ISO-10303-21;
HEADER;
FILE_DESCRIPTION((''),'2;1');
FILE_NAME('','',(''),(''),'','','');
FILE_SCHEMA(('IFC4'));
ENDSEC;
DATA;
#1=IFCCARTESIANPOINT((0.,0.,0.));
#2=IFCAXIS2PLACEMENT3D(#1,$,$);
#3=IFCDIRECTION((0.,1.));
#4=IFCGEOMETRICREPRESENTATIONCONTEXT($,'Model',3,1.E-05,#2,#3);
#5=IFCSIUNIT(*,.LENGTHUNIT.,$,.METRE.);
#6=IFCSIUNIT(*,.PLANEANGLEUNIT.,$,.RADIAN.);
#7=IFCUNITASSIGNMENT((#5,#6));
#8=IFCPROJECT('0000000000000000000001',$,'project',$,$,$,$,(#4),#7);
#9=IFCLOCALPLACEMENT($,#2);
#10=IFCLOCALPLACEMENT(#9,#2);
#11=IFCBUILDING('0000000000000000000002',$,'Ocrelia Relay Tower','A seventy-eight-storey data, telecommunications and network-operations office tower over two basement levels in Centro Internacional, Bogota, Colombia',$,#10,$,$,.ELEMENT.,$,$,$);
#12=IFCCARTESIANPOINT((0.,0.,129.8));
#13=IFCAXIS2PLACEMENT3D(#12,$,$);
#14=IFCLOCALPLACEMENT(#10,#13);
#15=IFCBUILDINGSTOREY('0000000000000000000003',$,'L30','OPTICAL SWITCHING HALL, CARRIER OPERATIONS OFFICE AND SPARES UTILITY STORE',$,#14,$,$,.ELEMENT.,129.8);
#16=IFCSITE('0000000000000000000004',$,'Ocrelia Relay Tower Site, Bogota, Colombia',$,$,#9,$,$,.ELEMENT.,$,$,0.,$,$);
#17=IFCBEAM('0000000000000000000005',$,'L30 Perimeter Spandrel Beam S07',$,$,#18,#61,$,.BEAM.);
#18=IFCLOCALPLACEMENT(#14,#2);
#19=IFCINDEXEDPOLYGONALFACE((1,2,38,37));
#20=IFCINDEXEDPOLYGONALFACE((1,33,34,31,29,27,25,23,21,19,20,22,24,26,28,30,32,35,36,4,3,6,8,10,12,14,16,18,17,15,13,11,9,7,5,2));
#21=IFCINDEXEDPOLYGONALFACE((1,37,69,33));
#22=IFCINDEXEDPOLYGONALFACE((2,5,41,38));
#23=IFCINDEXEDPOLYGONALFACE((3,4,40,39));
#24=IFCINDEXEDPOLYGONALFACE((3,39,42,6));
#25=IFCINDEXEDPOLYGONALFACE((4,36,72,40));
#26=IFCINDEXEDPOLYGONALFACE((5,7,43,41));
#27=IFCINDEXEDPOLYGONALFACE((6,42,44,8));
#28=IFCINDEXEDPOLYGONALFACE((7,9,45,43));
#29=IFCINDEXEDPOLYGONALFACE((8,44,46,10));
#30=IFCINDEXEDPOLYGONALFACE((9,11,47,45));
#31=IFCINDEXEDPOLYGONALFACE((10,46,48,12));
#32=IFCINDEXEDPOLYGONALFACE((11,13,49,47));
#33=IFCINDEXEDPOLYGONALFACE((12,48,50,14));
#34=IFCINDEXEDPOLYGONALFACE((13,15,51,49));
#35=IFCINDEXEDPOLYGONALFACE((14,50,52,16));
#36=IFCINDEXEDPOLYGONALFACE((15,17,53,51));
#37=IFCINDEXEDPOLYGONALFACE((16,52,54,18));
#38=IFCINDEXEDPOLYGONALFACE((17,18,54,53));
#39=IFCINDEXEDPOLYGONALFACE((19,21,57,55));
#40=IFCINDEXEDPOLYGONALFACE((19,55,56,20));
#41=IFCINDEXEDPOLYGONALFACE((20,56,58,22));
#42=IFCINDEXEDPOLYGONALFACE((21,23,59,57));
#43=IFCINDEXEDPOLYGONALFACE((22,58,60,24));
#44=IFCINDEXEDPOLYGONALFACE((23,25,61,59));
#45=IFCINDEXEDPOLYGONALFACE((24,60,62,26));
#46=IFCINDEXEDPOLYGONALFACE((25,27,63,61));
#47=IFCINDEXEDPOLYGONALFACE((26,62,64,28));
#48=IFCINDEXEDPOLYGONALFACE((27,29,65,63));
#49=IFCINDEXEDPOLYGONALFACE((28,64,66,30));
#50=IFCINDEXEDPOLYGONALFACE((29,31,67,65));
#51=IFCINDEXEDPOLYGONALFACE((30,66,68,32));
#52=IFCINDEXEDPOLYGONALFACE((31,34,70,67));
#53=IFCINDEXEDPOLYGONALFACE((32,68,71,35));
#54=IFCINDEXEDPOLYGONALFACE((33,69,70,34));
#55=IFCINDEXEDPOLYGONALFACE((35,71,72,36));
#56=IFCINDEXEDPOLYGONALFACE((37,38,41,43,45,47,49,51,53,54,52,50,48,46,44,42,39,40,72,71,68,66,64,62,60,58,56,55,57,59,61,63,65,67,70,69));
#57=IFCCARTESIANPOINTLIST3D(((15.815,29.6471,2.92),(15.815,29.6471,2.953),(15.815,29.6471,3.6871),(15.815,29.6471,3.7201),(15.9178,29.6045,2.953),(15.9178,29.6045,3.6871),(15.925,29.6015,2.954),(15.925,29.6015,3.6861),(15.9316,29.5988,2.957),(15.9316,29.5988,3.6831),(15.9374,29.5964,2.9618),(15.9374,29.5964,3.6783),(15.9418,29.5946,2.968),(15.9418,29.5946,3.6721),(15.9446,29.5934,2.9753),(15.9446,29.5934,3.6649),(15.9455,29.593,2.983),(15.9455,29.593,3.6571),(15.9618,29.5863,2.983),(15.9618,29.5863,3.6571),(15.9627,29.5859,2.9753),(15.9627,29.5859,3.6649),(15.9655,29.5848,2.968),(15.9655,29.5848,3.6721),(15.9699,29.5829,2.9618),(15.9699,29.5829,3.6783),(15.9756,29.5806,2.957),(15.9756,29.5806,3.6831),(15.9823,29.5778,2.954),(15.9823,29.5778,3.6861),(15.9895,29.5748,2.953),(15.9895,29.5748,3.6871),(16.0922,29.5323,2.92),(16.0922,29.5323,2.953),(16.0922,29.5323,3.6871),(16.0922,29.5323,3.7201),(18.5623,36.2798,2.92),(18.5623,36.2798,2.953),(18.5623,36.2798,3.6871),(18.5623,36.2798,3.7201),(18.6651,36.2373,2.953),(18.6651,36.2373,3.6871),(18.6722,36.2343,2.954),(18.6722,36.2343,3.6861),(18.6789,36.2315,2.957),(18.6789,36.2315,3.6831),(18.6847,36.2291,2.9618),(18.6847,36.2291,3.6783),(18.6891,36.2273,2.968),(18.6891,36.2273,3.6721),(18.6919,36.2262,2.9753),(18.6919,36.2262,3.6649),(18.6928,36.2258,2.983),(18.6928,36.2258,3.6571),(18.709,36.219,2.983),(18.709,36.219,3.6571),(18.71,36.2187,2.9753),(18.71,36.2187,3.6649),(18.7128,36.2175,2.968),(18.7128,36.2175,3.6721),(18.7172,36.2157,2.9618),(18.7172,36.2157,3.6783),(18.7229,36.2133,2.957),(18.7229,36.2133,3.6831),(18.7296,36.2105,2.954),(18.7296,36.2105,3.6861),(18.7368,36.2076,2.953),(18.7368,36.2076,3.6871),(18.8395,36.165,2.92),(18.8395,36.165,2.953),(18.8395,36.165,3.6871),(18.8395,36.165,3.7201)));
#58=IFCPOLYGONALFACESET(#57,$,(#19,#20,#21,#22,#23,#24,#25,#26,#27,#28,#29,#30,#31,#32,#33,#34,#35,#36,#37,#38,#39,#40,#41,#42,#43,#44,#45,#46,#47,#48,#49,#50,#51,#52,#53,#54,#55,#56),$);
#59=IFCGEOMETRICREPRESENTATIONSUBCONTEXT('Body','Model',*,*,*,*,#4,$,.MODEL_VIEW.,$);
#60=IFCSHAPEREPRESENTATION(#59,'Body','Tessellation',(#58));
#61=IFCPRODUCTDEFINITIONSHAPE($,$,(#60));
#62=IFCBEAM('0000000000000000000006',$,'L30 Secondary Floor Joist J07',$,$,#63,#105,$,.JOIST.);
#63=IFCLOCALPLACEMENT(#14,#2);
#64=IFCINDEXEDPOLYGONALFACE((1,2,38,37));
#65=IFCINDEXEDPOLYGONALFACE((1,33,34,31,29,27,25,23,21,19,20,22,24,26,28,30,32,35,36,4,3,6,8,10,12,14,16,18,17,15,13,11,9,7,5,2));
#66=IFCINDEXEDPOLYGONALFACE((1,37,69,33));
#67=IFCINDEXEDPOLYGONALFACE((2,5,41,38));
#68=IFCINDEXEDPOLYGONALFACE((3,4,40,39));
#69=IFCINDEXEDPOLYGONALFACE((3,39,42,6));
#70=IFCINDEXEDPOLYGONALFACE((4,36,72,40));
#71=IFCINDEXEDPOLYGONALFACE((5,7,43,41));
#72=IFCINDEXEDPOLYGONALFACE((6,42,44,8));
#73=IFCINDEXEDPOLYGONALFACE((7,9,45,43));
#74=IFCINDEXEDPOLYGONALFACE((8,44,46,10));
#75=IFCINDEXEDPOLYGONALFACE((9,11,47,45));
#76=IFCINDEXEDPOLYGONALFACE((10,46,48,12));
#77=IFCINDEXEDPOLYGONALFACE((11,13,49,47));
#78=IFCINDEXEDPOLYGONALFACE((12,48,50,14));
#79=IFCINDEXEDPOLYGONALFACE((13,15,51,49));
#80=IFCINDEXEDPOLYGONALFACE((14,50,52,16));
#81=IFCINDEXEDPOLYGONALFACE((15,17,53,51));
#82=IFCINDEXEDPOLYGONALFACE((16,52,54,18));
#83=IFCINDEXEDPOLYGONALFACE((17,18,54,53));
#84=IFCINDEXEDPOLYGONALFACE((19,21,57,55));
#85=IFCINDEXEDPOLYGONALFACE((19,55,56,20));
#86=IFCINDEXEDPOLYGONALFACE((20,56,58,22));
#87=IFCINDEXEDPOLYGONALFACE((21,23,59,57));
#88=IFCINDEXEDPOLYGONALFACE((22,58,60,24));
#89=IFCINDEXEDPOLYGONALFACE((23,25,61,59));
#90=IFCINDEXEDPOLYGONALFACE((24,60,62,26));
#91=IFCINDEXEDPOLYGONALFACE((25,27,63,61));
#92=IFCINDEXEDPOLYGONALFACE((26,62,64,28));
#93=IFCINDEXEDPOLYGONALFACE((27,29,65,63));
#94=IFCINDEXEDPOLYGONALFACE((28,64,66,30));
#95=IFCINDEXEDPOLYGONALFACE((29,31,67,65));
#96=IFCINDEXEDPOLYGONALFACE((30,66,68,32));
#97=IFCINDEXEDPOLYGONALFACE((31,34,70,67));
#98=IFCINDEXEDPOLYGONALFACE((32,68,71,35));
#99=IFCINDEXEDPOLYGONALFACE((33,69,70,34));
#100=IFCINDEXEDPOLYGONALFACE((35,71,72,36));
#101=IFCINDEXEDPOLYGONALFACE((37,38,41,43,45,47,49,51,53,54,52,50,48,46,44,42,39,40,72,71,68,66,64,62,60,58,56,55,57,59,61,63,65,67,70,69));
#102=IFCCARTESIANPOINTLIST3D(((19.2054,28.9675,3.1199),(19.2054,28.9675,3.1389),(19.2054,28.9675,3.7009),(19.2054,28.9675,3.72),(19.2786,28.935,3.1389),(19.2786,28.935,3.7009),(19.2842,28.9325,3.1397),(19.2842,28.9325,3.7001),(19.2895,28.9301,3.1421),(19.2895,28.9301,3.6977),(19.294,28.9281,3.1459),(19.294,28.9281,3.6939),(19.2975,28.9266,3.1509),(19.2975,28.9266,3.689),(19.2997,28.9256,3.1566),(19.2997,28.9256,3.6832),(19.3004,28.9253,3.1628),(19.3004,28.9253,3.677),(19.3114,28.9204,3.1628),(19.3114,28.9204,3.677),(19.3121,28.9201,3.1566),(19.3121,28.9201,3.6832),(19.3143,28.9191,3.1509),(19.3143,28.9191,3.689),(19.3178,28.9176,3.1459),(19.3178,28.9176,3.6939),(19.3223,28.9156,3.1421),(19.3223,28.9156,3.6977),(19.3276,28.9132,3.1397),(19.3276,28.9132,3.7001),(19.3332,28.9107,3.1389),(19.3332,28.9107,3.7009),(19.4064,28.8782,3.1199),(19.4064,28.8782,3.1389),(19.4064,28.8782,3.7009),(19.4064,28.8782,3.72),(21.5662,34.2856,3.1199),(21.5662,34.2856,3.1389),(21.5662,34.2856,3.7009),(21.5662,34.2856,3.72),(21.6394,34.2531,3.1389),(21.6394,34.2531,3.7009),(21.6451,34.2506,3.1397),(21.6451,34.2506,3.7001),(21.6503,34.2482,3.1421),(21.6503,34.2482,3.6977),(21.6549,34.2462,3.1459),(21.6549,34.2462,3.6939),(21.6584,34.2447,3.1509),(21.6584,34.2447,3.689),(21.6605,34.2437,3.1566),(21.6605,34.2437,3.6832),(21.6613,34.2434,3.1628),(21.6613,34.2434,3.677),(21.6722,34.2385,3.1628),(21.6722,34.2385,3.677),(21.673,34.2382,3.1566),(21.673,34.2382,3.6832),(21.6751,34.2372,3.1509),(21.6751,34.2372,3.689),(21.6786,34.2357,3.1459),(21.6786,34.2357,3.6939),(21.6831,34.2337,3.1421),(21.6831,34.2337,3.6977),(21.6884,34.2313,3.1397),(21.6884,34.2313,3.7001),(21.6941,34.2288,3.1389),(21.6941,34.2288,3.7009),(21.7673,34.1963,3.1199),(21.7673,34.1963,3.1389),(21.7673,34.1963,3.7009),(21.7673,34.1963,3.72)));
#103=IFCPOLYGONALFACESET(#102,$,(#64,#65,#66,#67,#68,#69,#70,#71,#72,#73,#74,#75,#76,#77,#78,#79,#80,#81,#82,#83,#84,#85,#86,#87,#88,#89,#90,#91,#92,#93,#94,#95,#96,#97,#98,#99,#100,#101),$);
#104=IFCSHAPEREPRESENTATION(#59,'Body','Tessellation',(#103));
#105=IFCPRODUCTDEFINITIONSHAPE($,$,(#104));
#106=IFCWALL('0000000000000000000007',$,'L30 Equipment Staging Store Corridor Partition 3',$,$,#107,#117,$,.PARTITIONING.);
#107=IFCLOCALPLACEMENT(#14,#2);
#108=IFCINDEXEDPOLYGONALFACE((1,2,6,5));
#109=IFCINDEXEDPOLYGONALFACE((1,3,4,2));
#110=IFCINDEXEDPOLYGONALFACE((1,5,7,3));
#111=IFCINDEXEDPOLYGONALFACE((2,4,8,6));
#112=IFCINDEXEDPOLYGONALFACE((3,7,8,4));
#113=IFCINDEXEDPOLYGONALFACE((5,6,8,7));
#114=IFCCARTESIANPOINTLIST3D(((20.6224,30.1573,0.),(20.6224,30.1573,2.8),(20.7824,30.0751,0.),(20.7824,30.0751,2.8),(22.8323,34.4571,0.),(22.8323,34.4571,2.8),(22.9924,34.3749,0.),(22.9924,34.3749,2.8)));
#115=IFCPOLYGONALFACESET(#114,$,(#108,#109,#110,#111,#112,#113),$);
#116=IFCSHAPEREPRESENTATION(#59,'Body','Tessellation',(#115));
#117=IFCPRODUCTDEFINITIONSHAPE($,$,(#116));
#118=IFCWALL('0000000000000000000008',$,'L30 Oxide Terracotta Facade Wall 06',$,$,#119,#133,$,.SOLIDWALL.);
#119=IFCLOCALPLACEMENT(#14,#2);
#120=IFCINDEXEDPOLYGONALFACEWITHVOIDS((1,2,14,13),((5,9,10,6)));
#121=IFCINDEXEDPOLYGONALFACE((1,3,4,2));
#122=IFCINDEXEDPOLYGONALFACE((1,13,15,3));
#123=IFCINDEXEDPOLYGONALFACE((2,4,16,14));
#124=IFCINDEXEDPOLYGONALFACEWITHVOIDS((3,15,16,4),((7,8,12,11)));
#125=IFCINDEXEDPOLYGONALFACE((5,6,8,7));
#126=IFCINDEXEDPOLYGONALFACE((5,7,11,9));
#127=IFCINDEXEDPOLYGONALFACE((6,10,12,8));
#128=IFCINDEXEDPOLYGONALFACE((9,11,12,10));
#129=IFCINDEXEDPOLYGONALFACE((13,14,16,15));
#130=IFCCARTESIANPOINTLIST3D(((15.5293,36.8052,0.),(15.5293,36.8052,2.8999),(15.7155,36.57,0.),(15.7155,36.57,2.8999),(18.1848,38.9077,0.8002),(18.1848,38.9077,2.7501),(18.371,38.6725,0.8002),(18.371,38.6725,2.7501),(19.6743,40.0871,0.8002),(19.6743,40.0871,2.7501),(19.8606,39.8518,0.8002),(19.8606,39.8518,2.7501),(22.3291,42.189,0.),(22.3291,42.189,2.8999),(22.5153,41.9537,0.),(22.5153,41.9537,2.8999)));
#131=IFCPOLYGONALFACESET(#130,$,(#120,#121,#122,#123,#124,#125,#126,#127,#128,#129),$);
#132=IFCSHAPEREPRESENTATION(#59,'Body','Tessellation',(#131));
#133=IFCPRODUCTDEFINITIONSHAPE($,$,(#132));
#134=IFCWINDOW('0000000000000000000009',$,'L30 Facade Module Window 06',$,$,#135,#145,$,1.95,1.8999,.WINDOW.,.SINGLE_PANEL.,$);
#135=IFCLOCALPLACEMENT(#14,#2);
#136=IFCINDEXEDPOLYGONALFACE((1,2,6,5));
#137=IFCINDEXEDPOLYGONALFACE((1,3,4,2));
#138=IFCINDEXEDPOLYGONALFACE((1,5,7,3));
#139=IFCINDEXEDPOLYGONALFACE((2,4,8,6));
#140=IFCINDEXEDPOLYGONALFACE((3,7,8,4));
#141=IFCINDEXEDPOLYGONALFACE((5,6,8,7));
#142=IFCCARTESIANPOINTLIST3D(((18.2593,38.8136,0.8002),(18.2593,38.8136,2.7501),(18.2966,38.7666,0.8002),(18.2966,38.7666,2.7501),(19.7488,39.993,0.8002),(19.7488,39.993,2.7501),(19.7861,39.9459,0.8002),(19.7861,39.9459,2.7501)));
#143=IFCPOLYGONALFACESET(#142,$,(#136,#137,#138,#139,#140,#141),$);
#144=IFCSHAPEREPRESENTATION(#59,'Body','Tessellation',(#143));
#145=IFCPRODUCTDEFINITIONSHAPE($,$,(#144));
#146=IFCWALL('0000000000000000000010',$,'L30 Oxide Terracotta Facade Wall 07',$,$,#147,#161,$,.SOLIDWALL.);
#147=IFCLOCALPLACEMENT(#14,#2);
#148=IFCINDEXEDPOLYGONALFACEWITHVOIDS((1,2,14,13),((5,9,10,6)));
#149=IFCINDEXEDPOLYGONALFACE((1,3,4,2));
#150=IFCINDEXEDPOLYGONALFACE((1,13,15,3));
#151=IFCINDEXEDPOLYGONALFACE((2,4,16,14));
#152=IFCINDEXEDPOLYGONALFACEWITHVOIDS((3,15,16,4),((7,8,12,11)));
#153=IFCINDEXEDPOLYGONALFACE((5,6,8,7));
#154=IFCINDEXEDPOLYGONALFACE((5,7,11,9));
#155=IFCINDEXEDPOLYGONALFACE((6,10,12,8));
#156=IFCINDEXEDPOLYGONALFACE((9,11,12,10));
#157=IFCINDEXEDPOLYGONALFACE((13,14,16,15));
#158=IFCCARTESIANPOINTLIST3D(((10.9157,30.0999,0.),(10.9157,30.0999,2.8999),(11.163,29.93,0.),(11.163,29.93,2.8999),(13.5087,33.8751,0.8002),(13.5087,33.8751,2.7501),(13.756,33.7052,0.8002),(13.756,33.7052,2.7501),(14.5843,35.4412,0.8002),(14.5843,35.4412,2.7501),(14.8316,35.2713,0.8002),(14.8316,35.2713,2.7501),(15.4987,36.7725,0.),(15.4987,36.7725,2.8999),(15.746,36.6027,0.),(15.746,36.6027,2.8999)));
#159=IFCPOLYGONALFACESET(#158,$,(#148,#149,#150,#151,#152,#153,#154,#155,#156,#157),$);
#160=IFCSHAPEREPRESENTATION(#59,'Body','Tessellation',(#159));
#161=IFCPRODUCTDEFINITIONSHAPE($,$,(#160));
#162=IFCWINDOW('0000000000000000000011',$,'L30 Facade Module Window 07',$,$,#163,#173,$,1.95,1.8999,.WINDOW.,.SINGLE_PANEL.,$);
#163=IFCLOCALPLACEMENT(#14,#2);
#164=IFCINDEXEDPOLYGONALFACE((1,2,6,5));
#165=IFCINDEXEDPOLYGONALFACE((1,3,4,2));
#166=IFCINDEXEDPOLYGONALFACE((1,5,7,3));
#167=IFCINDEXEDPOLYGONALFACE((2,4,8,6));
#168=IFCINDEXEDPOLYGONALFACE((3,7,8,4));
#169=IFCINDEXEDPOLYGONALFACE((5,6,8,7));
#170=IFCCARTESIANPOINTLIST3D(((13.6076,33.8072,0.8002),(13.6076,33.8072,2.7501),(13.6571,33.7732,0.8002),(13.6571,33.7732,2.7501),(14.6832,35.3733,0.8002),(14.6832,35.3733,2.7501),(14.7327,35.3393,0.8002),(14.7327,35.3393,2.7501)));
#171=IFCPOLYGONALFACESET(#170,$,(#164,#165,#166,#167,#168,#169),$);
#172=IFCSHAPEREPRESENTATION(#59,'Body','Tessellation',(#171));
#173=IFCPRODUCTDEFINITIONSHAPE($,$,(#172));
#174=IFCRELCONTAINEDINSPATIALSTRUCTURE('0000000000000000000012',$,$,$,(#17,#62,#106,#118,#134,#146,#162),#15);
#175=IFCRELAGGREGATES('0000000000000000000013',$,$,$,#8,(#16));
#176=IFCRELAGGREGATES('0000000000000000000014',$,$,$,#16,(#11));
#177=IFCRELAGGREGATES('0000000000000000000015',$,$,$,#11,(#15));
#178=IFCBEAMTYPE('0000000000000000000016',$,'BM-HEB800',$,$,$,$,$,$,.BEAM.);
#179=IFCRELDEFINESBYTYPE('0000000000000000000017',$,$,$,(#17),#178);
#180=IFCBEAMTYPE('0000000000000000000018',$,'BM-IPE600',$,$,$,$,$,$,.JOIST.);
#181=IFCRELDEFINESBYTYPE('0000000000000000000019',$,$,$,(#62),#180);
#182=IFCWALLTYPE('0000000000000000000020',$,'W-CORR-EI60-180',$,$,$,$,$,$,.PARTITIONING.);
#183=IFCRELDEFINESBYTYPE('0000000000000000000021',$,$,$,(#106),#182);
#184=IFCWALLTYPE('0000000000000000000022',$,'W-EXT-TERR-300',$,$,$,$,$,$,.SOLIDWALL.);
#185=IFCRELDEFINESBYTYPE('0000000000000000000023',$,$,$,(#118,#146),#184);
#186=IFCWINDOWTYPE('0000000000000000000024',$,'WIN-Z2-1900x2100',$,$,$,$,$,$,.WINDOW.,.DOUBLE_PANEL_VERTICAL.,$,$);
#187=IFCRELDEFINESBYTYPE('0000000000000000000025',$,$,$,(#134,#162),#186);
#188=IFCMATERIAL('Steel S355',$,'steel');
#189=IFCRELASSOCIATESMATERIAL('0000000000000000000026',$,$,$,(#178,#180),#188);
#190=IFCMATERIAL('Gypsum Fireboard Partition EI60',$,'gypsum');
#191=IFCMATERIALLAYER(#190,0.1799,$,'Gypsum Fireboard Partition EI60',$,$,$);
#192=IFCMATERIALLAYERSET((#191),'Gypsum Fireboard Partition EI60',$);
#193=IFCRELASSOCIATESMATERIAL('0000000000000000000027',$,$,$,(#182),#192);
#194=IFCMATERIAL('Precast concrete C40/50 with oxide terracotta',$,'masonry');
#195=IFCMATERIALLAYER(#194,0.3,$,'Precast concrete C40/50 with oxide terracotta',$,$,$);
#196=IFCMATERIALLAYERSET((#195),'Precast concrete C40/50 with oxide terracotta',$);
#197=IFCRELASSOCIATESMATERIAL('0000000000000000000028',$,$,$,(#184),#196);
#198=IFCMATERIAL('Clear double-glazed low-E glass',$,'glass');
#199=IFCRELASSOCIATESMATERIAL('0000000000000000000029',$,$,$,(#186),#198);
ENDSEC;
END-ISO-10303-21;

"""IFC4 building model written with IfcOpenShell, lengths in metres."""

from ifc_helpers import new_model, si_unit, direction, frame, frame_2d, origin, origin_2d, place, context, subcontext, project, spatial, rectangle, i_section, extrude, material, layer, layer_set, material_profile, profile_set, type_object, element, fill, save


model = new_model("IFC4")

# Units and contexts
model_context = context("Model", 3, precision=1e-05, world=origin(), true_north=direction((0.0, 1.0)))
body_context = subcontext(model_context, "Body", "Model", "MODEL_VIEW")
ifc_project = project(units=[si_unit("LENGTHUNIT", "METRE"), si_unit("PLANEANGLEUNIT", "RADIAN")], contexts=[model_context])

# Site, building, storey
site_placement = place(None, origin())
site = spatial("IfcSite", under=ifc_project, at=site_placement, Name="Ocrelia Relay Tower Site, Bogota, Colombia", CompositionType="ELEMENT", RefElevation=0.0)
building_placement = place(site_placement, origin())
building = spatial("IfcBuilding", under=site, at=building_placement, Name="Ocrelia Relay Tower", Description="A seventy-eight-storey data, telecommunications and network-operations office tower over two basement levels in Centro Internacional, Bogota, Colombia", CompositionType="ELEMENT")
storey_placement = place(building_placement, frame((0.0, 0.0, 129.8)))
storey = spatial("IfcBuildingStorey", under=building, at=storey_placement, Name="L30", Description="OPTICAL SWITCHING HALL, CARRIER OPERATIONS OFFICE AND SPARES UTILITY STORE", CompositionType="ELEMENT", Elevation=129.8)

# Beams
ifc_material_1 = material(Name="Steel S355", Category="steel")
ifc_material_profile_1 = material_profile(ifc_material_1, i_section(OverallWidth=0.3, OverallDepth=0.8, WebThickness=0.0176, FlangeThickness=0.033, FilletRadius=0.03, at=origin_2d()), Name="HEB 800")
ifc_profile_set_1 = profile_set([ifc_material_profile_1], Name="Steel S355")
beam_type_1 = type_object("IfcBeamType", Name="BM-HEB800", PredefinedType="BEAM", material=ifc_profile_set_1)
beam_1_placement = place(storey_placement, frame((18.7009, 36.2224, 3.3201), z_axis=(-0.382673, -0.923884, 0.0), x_axis=(0.923884, -0.382673, 0.0)))
element("IfcBeam", 1, at=beam_1_placement, inside=storey, type_object=beam_type_1, Name="L30 Perimeter Spandrel Beam S07", PredefinedType="BEAM", context=body_context, shape_type="SweptSolid", body=[
    extrude(i_section(OverallWidth=0.3, OverallDepth=0.8, WebThickness=0.0176, FlangeThickness=0.033, FilletRadius=0.03, at=origin_2d()), origin(), (0.0, 0.0, 1.0), 7.1792),
])
ifc_material_profile_2 = material_profile(ifc_material_1, i_section(OverallWidth=0.22, OverallDepth=0.6001, WebThickness=0.012, FlangeThickness=0.019, FilletRadius=0.0239, at=origin_2d()), Name="IPE 600")
ifc_profile_set_2 = profile_set([ifc_material_profile_2], Name="Steel S355")
beam_type_2 = type_object("IfcBeamType", Name="BM-IPE600", PredefinedType="JOIST", material=ifc_profile_set_2)
beam_2_placement = place(storey_placement, frame((21.6667, 34.241, 3.4199), z_axis=(-0.405741, -0.913988, 0.0), x_axis=(0.913988, -0.405741, 0.0)))
element("IfcBeam", 2, at=beam_2_placement, inside=storey, type_object=beam_type_2, Name="L30 Secondary Floor Joist J07", PredefinedType="JOIST", context=body_context, shape_type="SweptSolid", body=[
    extrude(i_section(OverallWidth=0.22, OverallDepth=0.6001, WebThickness=0.012, FlangeThickness=0.019, FilletRadius=0.0239, at=origin_2d()), origin(), (0.0, 0.0, 1.0), 5.8186),
])

# Wall
ifc_material_2 = material(Name="Gypsum Fireboard Partition EI60", Category="gypsum")
ifc_layer_1 = layer(ifc_material_2, 0.1799, Name="Gypsum Fireboard Partition EI60")
ifc_layer_set_1 = layer_set([ifc_layer_1], Name="Gypsum Fireboard Partition EI60")
wall_type_1 = type_object("IfcWallType", Name="W-CORR-EI60-180", PredefinedType="PARTITIONING", material=ifc_layer_set_1)
wall_1_placement = place(storey_placement, frame((22.9124, 34.416, 0.0), z_axis=(0.0, 0.0, 1.0), x_axis=(-0.457124, -0.889403, 0.0)))
element("IfcWall", 3, at=wall_1_placement, inside=storey, type_object=wall_type_1, Name="L30 Equipment Staging Store Corridor Partition 3", PredefinedType="PARTITIONING", context=body_context, shape_type="SweptSolid", body=[
    extrude(rectangle(XDim=4.8345, YDim=0.1799, at=frame_2d((2.4172, 0.0))), origin(), (0.0, 0.0, 1.0), 2.8),
])

# Walls, openings, windows
ifc_material_3 = material(Name="Precast concrete C40/50 with oxide terracotta", Category="masonry")
ifc_layer_2 = layer(ifc_material_3, 0.3, Name="Precast concrete C40/50 with oxide terracotta")
ifc_layer_set_2 = layer_set([ifc_layer_2], Name="Precast concrete C40/50 with oxide terracotta")
wall_type_2 = type_object("IfcWallType", Name="W-EXT-TERR-300", PredefinedType="SOLIDWALL", material=ifc_layer_set_2)
wall_2_placement = place(storey_placement, frame((22.4221, 42.0713, 0.0), z_axis=(0.0, 0.0, 1.0), x_axis=(-0.784012, -0.620746, 0.0)))
wall_2 = element("IfcWall", 4, at=wall_2_placement, inside=storey, type_object=wall_type_2, Name="L30 Oxide Terracotta Facade Wall 06", PredefinedType="SOLIDWALL", context=body_context, shape_type="SweptSolid", body=[
    extrude(rectangle(XDim=8.6731, YDim=0.3, at=frame_2d((4.3364, 0.0))), origin(), (0.0, 0.0, 1.0), 2.8999),
])
opening_1_placement = place(wall_2_placement, frame((3.386, 0.0, 0.8)))
opening_1 = element("IfcOpeningElement", 5, at=opening_1_placement, cuts=wall_2, PredefinedType="OPENING", context=body_context, shape_type="SweptSolid", body=[
    extrude(rectangle(XDim=1.8999, YDim=1.95, at=frame_2d((0.95, 0.9751))), frame((0.0, 0.1602, 0.0), z_axis=(0.0, -1.0, 0.0), x_axis=(1.0, 0.0, 0.0)), (0.0, 0.0, 1.0), 0.3201),
])
ifc_material_4 = material(Name="Clear double-glazed low-E glass", Category="glass")
window_type = type_object("IfcWindowType", Name="WIN-Z2-1900x2100", PartitioningType="DOUBLE_PANEL_VERTICAL", PredefinedType="WINDOW", material=ifc_material_4)
window_1_placement = place(opening_1_placement, origin())
window_1 = element("IfcWindow", 6, at=window_1_placement, inside=storey, type_object=window_type, Name="L30 Facade Module Window 06", OverallHeight=1.95, OverallWidth=1.8999, PartitioningType="SINGLE_PANEL", PredefinedType="WINDOW", context=body_context, shape_type="SweptSolid", body=[
    extrude(rectangle(XDim=1.8999, YDim=1.95, at=frame_2d((0.95, 0.9751))), frame((0.0, 0.03, 0.0), z_axis=(0.0, -1.0, 0.0), x_axis=(1.0, 0.0, 0.0)), (0.0, 0.0, 1.0), 0.0601),
])
fill(opening_1, window_1)
wall_3_placement = place(storey_placement, frame((15.6223, 36.6875, 0.0), z_axis=(0.0, 0.0, 1.0), x_axis=(-0.566159, -0.824296, 0.0)))
wall_3 = element("IfcWall", 7, at=wall_3_placement, inside=storey, type_object=wall_type_2, Name="L30 Oxide Terracotta Facade Wall 07", PredefinedType="SOLIDWALL", context=body_context, shape_type="SweptSolid", body=[
    extrude(rectangle(XDim=8.095, YDim=0.3, at=frame_2d((4.0474, 0.0))), origin(), (0.0, 0.0, 1.0), 2.8999),
])
opening_2_placement = place(wall_3_placement, frame((1.615, 0.0, 0.8)))
opening_2 = element("IfcOpeningElement", 8, at=opening_2_placement, cuts=wall_3, PredefinedType="OPENING", context=body_context, shape_type="SweptSolid", body=[
    extrude(rectangle(XDim=1.8999, YDim=1.95, at=frame_2d((0.95, 0.9751))), frame((0.0, 0.1602, 0.0), z_axis=(0.0, -1.0, 0.0), x_axis=(1.0, 0.0, 0.0)), (0.0, 0.0, 1.0), 0.3201),
])
window_2_placement = place(opening_2_placement, origin())
window_2 = element("IfcWindow", 9, at=window_2_placement, inside=storey, type_object=window_type, Name="L30 Facade Module Window 07", OverallHeight=1.95, OverallWidth=1.8999, PartitioningType="SINGLE_PANEL", PredefinedType="WINDOW", context=body_context, shape_type="SweptSolid", body=[
    extrude(rectangle(XDim=1.8999, YDim=1.95, at=frame_2d((0.95, 0.9751))), frame((0.0, 0.03, 0.0), z_axis=(0.0, -1.0, 0.0), x_axis=(1.0, 0.0, 0.0)), (0.0, 0.0, 1.0), 0.0601),
])
fill(opening_2, window_2)

save(model, "model.ifc")
